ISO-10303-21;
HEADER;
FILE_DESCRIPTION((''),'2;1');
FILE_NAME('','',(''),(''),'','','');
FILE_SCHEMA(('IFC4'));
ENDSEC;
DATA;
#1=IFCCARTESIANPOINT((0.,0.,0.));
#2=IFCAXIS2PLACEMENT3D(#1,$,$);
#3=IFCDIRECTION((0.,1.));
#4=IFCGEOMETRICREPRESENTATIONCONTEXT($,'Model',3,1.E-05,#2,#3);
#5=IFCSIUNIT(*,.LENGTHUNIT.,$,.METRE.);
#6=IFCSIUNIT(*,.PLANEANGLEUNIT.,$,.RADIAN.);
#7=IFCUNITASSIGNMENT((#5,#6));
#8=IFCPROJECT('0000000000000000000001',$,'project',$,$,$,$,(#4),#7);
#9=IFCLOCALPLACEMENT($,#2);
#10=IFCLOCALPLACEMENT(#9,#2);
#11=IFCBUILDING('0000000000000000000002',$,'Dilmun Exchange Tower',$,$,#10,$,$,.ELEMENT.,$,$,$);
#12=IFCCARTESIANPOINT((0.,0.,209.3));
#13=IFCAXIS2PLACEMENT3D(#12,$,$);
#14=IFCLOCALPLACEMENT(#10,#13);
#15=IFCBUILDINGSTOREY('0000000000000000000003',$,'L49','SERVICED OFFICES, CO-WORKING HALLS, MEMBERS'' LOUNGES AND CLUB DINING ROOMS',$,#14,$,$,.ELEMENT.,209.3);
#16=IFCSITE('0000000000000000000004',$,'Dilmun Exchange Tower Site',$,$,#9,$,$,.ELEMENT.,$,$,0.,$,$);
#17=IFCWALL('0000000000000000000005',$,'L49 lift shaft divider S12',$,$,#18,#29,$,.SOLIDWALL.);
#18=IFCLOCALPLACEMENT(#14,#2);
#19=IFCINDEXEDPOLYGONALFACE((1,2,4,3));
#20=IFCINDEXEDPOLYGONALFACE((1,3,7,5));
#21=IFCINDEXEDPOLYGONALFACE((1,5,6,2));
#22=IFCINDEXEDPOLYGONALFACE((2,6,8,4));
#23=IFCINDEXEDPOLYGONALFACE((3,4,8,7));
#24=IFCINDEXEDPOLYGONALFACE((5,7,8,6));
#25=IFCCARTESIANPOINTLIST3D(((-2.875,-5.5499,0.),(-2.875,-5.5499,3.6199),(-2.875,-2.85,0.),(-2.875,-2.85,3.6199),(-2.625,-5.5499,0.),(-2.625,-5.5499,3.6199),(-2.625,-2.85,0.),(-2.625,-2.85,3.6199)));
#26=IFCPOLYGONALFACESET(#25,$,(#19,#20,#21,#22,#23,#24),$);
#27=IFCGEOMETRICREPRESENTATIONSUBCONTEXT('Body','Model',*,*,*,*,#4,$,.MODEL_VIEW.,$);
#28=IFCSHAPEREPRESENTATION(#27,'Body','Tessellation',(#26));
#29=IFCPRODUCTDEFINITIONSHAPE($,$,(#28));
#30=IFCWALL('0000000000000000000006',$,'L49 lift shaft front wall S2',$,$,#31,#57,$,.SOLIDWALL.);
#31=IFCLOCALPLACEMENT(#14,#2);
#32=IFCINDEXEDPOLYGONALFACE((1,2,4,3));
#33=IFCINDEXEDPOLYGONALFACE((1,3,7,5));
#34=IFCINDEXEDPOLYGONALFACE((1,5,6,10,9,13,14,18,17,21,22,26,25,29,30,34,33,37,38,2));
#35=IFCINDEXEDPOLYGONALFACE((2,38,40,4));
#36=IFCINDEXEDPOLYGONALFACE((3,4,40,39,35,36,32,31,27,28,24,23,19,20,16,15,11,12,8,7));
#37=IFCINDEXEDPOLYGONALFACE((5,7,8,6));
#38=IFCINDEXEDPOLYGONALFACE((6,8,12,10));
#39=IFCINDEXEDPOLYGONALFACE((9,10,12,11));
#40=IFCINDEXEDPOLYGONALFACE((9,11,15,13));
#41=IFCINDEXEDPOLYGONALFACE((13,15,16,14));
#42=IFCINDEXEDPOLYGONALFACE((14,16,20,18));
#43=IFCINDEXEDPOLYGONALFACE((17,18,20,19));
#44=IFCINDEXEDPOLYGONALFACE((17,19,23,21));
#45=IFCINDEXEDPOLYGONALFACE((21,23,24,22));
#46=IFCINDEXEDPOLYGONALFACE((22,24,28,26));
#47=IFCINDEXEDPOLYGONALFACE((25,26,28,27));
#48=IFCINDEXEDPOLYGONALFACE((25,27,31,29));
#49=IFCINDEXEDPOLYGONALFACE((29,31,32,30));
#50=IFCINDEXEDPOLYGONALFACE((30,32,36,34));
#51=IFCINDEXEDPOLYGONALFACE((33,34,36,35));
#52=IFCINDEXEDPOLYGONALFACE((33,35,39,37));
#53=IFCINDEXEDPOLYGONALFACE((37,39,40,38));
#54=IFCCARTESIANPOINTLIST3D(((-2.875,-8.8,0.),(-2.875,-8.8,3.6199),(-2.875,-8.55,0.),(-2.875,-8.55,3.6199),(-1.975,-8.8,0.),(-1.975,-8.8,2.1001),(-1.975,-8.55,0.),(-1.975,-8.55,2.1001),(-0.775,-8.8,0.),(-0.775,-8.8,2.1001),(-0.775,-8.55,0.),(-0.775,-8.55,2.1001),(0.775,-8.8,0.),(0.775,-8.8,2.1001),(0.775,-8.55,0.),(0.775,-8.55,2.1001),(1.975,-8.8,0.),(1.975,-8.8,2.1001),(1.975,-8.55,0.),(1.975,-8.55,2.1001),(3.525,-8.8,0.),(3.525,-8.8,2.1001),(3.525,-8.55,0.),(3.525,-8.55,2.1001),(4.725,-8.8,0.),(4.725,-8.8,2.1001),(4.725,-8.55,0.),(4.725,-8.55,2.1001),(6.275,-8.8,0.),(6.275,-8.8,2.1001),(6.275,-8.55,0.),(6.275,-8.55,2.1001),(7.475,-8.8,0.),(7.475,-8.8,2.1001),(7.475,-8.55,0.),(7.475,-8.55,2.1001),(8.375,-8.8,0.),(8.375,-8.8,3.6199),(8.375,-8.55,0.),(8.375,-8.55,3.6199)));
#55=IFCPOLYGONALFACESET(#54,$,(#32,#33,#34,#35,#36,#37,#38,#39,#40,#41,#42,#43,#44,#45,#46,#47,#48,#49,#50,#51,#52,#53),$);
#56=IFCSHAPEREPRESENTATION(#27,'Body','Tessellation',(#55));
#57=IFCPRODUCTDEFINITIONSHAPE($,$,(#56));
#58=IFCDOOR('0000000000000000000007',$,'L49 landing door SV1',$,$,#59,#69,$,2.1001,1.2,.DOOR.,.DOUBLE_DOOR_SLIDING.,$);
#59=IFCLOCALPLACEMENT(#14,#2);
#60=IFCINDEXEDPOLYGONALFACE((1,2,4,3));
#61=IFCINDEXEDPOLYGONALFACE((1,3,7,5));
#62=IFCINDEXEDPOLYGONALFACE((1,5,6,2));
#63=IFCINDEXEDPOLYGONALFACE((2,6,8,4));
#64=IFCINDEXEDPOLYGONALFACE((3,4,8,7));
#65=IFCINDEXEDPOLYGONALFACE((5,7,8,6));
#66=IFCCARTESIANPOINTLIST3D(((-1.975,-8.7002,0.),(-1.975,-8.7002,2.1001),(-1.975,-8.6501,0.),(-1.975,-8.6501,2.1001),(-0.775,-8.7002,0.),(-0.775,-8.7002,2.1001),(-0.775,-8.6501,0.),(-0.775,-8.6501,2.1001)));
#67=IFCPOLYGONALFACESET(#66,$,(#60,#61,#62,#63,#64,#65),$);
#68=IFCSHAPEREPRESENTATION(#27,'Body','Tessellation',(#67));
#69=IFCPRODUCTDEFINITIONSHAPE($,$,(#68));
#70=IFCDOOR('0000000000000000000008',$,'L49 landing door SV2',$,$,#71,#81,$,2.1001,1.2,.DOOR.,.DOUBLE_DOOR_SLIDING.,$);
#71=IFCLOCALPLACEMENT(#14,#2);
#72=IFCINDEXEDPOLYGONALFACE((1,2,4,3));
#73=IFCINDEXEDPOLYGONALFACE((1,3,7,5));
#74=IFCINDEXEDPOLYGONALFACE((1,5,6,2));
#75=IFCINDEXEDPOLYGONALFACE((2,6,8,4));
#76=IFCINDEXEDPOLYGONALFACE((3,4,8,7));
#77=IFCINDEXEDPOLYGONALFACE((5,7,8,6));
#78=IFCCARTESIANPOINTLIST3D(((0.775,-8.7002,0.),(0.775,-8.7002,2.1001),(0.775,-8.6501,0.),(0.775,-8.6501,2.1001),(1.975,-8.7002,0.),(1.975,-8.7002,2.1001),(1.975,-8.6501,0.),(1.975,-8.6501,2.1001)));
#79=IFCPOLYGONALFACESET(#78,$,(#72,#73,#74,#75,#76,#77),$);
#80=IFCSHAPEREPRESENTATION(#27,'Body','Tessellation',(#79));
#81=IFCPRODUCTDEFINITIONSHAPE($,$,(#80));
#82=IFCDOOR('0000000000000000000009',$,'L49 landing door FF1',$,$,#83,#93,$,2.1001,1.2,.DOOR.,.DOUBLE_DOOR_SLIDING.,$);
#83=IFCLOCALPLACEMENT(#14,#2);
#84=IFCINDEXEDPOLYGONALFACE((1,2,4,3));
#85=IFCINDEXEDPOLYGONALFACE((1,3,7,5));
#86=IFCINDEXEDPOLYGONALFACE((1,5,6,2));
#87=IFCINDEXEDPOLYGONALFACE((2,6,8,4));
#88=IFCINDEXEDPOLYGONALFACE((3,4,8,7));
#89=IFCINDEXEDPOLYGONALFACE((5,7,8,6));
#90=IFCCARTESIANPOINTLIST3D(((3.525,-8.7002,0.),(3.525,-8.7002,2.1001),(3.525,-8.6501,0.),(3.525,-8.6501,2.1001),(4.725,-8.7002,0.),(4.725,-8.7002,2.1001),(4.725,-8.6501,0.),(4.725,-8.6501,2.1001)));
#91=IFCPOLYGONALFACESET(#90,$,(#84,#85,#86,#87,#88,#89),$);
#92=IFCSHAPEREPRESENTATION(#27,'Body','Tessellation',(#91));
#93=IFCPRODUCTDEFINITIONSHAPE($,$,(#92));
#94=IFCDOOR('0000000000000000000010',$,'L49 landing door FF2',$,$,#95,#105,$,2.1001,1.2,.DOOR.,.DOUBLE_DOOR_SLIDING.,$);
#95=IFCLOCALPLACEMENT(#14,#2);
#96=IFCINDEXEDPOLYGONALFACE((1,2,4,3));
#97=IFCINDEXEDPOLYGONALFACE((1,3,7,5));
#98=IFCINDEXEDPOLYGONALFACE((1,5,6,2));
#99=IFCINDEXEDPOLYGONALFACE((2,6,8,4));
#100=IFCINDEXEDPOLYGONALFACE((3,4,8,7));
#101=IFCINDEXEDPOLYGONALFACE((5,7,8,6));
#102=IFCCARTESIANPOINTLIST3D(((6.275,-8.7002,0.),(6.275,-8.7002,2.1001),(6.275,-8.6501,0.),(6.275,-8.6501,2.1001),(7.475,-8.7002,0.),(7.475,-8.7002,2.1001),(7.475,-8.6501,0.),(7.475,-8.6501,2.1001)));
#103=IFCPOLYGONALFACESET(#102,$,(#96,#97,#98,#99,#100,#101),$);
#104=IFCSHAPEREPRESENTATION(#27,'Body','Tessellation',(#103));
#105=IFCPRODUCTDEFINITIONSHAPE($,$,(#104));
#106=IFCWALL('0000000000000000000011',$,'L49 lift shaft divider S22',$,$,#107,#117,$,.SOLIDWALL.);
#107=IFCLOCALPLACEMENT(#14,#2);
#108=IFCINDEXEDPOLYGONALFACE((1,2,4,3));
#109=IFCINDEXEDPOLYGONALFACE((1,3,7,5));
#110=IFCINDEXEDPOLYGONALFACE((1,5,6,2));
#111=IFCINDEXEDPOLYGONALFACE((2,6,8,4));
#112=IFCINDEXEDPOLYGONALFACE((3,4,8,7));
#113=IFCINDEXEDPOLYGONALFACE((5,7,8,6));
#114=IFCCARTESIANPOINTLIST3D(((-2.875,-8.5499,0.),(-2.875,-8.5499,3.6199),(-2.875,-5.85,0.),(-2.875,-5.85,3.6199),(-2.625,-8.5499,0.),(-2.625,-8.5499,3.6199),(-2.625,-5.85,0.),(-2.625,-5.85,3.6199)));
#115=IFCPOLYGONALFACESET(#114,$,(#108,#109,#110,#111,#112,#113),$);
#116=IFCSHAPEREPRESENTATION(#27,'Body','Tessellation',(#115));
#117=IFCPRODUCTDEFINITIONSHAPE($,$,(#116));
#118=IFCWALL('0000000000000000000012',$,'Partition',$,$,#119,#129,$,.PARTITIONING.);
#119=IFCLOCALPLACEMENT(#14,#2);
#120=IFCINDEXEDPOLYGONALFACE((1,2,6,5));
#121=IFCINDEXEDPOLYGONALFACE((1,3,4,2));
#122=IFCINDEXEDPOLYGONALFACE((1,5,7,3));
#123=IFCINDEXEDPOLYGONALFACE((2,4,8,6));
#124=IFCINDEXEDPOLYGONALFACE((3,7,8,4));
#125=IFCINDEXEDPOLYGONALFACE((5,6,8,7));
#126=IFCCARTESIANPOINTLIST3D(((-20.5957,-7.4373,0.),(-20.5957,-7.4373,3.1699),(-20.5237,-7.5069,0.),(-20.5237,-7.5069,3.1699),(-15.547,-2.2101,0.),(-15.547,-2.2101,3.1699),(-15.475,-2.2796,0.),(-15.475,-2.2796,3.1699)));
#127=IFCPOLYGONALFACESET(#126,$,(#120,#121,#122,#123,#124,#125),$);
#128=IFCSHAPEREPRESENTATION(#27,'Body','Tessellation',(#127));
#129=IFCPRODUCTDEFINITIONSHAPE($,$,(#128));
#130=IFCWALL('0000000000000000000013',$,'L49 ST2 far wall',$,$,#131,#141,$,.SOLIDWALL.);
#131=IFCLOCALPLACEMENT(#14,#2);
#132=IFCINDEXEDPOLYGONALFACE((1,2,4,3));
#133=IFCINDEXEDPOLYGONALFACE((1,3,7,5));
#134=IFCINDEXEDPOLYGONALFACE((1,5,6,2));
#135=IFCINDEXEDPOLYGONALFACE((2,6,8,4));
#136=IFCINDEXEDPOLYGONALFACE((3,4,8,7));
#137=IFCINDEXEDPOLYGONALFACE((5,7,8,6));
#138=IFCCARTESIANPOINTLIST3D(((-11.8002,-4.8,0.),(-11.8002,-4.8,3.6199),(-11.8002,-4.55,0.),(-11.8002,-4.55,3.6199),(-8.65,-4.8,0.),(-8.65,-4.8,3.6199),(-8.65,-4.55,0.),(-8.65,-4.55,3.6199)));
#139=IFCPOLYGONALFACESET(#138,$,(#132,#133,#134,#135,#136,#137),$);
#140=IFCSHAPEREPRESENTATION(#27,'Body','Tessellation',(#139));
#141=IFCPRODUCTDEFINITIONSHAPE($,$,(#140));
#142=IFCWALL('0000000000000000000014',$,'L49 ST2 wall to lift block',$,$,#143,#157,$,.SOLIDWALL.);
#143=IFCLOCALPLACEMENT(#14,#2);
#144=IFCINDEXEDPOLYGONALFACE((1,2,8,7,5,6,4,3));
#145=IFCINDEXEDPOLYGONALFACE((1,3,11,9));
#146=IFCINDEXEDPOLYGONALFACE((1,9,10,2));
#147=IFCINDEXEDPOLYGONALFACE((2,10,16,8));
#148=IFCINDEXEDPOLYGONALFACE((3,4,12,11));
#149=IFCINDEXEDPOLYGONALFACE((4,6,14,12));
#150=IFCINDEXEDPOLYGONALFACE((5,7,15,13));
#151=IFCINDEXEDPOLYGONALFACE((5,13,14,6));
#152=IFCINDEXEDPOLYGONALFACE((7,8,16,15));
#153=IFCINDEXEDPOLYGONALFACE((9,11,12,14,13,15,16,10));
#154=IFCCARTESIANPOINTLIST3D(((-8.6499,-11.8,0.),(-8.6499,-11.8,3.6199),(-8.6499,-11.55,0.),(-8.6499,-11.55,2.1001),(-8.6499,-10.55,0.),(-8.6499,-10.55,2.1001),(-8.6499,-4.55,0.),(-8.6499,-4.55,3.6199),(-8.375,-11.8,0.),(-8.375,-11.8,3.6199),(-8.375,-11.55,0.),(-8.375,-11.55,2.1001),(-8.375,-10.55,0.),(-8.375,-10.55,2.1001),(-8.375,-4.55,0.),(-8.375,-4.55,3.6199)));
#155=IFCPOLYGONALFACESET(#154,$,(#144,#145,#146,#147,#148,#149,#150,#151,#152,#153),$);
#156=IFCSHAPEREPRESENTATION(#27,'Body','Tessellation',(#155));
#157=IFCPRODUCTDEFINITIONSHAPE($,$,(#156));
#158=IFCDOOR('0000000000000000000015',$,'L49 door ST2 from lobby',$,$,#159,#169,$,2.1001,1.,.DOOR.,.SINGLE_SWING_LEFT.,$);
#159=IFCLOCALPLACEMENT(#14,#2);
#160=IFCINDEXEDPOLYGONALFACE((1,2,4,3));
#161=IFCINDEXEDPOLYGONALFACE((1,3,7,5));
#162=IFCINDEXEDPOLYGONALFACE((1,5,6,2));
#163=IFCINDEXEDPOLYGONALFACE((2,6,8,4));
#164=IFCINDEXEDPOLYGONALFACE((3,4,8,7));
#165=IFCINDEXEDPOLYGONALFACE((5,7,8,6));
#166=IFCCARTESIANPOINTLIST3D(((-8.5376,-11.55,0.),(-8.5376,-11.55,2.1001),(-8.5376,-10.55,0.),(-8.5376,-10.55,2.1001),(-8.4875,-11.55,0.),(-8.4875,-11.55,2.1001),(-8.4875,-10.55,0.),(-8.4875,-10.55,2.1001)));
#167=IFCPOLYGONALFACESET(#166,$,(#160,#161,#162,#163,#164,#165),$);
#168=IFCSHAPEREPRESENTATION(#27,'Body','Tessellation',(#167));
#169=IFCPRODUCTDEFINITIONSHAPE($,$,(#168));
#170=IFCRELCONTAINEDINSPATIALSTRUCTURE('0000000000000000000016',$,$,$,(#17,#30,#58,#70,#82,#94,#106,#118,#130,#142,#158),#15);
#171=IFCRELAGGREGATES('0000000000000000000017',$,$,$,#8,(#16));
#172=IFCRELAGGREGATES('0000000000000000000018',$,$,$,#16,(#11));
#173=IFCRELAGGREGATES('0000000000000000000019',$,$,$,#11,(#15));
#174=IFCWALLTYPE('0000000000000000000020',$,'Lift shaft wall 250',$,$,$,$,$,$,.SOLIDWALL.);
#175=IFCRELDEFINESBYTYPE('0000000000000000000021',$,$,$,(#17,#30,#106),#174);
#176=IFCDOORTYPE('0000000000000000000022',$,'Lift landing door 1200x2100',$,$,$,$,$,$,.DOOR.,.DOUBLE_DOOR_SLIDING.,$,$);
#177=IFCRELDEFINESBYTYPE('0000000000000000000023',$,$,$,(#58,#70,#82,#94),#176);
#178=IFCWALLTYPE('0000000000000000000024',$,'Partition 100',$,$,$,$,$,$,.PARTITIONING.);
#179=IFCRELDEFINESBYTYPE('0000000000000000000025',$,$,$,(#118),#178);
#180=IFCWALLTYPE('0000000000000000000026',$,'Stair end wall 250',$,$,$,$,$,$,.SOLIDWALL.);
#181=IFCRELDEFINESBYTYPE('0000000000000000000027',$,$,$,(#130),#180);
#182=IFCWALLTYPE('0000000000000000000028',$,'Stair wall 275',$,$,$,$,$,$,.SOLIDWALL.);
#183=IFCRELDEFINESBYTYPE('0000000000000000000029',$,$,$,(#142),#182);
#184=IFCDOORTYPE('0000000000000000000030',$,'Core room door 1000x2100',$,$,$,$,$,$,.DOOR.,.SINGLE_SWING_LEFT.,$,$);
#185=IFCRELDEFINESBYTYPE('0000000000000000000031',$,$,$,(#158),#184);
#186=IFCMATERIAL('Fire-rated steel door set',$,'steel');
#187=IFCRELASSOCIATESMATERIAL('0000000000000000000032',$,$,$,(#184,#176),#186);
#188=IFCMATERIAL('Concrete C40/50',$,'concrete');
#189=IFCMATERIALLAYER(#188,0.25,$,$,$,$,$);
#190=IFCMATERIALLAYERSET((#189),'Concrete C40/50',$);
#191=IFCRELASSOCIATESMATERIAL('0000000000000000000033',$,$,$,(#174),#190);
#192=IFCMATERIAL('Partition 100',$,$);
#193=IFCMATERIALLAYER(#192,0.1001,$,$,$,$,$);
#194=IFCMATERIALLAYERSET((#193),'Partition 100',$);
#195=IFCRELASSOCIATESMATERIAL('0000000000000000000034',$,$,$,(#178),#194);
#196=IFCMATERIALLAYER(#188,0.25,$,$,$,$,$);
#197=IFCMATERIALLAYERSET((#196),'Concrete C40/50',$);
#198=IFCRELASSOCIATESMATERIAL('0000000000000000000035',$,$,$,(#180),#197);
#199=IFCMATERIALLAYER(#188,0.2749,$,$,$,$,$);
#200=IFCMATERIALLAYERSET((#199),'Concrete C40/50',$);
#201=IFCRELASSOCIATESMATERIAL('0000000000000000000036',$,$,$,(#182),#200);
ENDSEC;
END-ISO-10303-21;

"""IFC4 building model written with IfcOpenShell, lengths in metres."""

from ifc_helpers import new_model, si_unit, direction, frame, frame_2d, origin, place, context, subcontext, project, spatial, rectangle, extrude, material, layer, layer_set, type_object, element, fill, save


model = new_model("IFC4")

# Units and contexts
model_context = context("Model", 3, precision=1e-05, world=origin(), true_north=direction((0.0, 1.0)))
body_context = subcontext(model_context, "Body", "Model", "MODEL_VIEW")
ifc_project = project(units=[si_unit("LENGTHUNIT", "METRE"), si_unit("PLANEANGLEUNIT", "RADIAN")], contexts=[model_context])

# Site, building, storey
site_placement = place(None, origin())
site = spatial("IfcSite", under=ifc_project, at=site_placement, Name="Dilmun Exchange Tower Site", CompositionType="ELEMENT", RefElevation=0.0)
building_placement = place(site_placement, origin())
building = spatial("IfcBuilding", under=site, at=building_placement, Name="Dilmun Exchange Tower", CompositionType="ELEMENT")
storey_placement = place(building_placement, frame((0.0, 0.0, 209.3)))
storey = spatial("IfcBuildingStorey", under=building, at=storey_placement, Name="L49", Description="SERVICED OFFICES, CO-WORKING HALLS, MEMBERS' LOUNGES AND CLUB DINING ROOMS", CompositionType="ELEMENT", Elevation=209.3)

# Shared definitions
ifc_material_1 = material(Name="Concrete C40/50", Category="concrete")

# Shared definitions
ifc_material_2 = material(Name="Fire-rated steel door set", Category="steel")
door_type_1 = type_object("IfcDoorType", Name="Core room door 1000x2100", OperationType="SINGLE_SWING_LEFT", PredefinedType="DOOR", material=ifc_material_2)

# Wall
ifc_layer_1 = layer(ifc_material_1, 0.25)
ifc_layer_set_1 = layer_set([ifc_layer_1], Name="Concrete C40/50")
wall_type_1 = type_object("IfcWallType", Name="Lift shaft wall 250", PredefinedType="SOLIDWALL", material=ifc_layer_set_1)
wall_1_placement = place(storey_placement, frame((-2.75, -5.55, 0.0), z_axis=(0.0, 0.0, 1.0), x_axis=(0.0, 1.0, 0.0)))
element("IfcWall", 1, at=wall_1_placement, inside=storey, type_object=wall_type_1, Name="L49 lift shaft divider S12", PredefinedType="SOLIDWALL", context=body_context, shape_type="SweptSolid", body=[
    extrude(rectangle(XDim=2.7, YDim=0.25, at=frame_2d((1.3501, 0.0))), origin(), (0.0, 0.0, 1.0), 3.6199),
])

# Wall, openings, doors
wall_2_placement = place(storey_placement, frame((-2.875, -8.675, 0.0), z_axis=(0.0, 0.0, 1.0), x_axis=(1.0, 0.0, 0.0)))
wall_2 = element("IfcWall", 2, at=wall_2_placement, inside=storey, type_object=wall_type_1, Name="L49 lift shaft front wall S2", PredefinedType="SOLIDWALL", context=body_context, shape_type="SweptSolid", body=[
    extrude(rectangle(XDim=11.25, YDim=0.25, at=frame_2d((5.625, 0.0))), origin(), (0.0, 0.0, 1.0), 3.6199),
])
opening_1_placement = place(wall_2_placement, frame((0.8999, 0.0, 0.0)))
opening_1 = element("IfcOpeningElement", 3, at=opening_1_placement, cuts=wall_2, PredefinedType="OPENING", context=body_context, shape_type="SweptSolid", body=[
    extrude(rectangle(XDim=1.2, YDim=2.1001, at=frame_2d((0.6001, 1.05))), frame((0.0, 0.135, 0.0), z_axis=(0.0, -1.0, 0.0), x_axis=(1.0, 0.0, 0.0)), (0.0, 0.0, 1.0), 0.27),
])
opening_2_placement = place(wall_2_placement, frame((3.6499, 0.0, 0.0)))
opening_2 = element("IfcOpeningElement", 4, at=opening_2_placement, cuts=wall_2, PredefinedType="OPENING", context=body_context, shape_type="SweptSolid", body=[
    extrude(rectangle(XDim=1.2, YDim=2.1001, at=frame_2d((0.6001, 1.05))), frame((0.0, 0.135, 0.0), z_axis=(0.0, -1.0, 0.0), x_axis=(1.0, 0.0, 0.0)), (0.0, 0.0, 1.0), 0.27),
])
opening_3_placement = place(wall_2_placement, frame((6.3999, 0.0, 0.0)))
opening_3 = element("IfcOpeningElement", 5, at=opening_3_placement, cuts=wall_2, PredefinedType="OPENING", context=body_context, shape_type="SweptSolid", body=[
    extrude(rectangle(XDim=1.2, YDim=2.1001, at=frame_2d((0.6001, 1.05))), frame((0.0, 0.135, 0.0), z_axis=(0.0, -1.0, 0.0), x_axis=(1.0, 0.0, 0.0)), (0.0, 0.0, 1.0), 0.27),
])
opening_4_placement = place(wall_2_placement, frame((9.1499, 0.0, 0.0)))
opening_4 = element("IfcOpeningElement", 6, at=opening_4_placement, cuts=wall_2, PredefinedType="OPENING", context=body_context, shape_type="SweptSolid", body=[
    extrude(rectangle(XDim=1.2, YDim=2.1001, at=frame_2d((0.6001, 1.05))), frame((0.0, 0.135, 0.0), z_axis=(0.0, -1.0, 0.0), x_axis=(1.0, 0.0, 0.0)), (0.0, 0.0, 1.0), 0.27),
])
door_type_2 = type_object("IfcDoorType", Name="Lift landing door 1200x2100", OperationType="DOUBLE_DOOR_SLIDING", PredefinedType="DOOR", material=ifc_material_2)
door_1_placement = place(opening_1_placement, origin())
door_1 = element("IfcDoor", 7, at=door_1_placement, inside=storey, type_object=door_type_2, Name="L49 landing door SV1", OperationType="DOUBLE_DOOR_SLIDING", OverallHeight=2.1001, OverallWidth=1.2, PredefinedType="DOOR", context=body_context, shape_type="SweptSolid", body=[
    extrude(rectangle(XDim=1.2, YDim=2.1001, at=frame_2d((0.6001, 1.05))), frame((0.0, 0.0249, 0.0), z_axis=(0.0, -1.0, 0.0), x_axis=(1.0, 0.0, 0.0)), (0.0, 0.0, 1.0), 0.05),
])
fill(opening_1, door_1)
door_2_placement = place(opening_2_placement, origin())
door_2 = element("IfcDoor", 8, at=door_2_placement, inside=storey, type_object=door_type_2, Name="L49 landing door SV2", OperationType="DOUBLE_DOOR_SLIDING", OverallHeight=2.1001, OverallWidth=1.2, PredefinedType="DOOR", context=body_context, shape_type="SweptSolid", body=[
    extrude(rectangle(XDim=1.2, YDim=2.1001, at=frame_2d((0.6001, 1.05))), frame((0.0, 0.0249, 0.0), z_axis=(0.0, -1.0, 0.0), x_axis=(1.0, 0.0, 0.0)), (0.0, 0.0, 1.0), 0.05),
])
fill(opening_2, door_2)
door_3_placement = place(opening_3_placement, origin())
door_3 = element("IfcDoor", 9, at=door_3_placement, inside=storey, type_object=door_type_2, Name="L49 landing door FF1", OperationType="DOUBLE_DOOR_SLIDING", OverallHeight=2.1001, OverallWidth=1.2, PredefinedType="DOOR", context=body_context, shape_type="SweptSolid", body=[
    extrude(rectangle(XDim=1.2, YDim=2.1001, at=frame_2d((0.6001, 1.05))), frame((0.0, 0.0249, 0.0), z_axis=(0.0, -1.0, 0.0), x_axis=(1.0, 0.0, 0.0)), (0.0, 0.0, 1.0), 0.05),
])
fill(opening_3, door_3)
door_4_placement = place(opening_4_placement, origin())
door_4 = element("IfcDoor", 10, at=door_4_placement, inside=storey, type_object=door_type_2, Name="L49 landing door FF2", OperationType="DOUBLE_DOOR_SLIDING", OverallHeight=2.1001, OverallWidth=1.2, PredefinedType="DOOR", context=body_context, shape_type="SweptSolid", body=[
    extrude(rectangle(XDim=1.2, YDim=2.1001, at=frame_2d((0.6001, 1.05))), frame((0.0, 0.0249, 0.0), z_axis=(0.0, -1.0, 0.0), x_axis=(1.0, 0.0, 0.0)), (0.0, 0.0, 1.0), 0.05),
])
fill(opening_4, door_4)

# Walls
wall_3_placement = place(storey_placement, frame((-2.75, -8.55, 0.0), z_axis=(0.0, 0.0, 1.0), x_axis=(0.0, 1.0, 0.0)))
element("IfcWall", 11, at=wall_3_placement, inside=storey, type_object=wall_type_1, Name="L49 lift shaft divider S22", PredefinedType="SOLIDWALL", context=body_context, shape_type="SweptSolid", body=[
    extrude(rectangle(XDim=2.7, YDim=0.25, at=frame_2d((1.3501, 0.0))), origin(), (0.0, 0.0, 1.0), 3.6199),
])
ifc_material_3 = material(Name="Partition 100")
ifc_layer_2 = layer(ifc_material_3, 0.1001)
ifc_layer_set_2 = layer_set([ifc_layer_2], Name="Partition 100")
wall_type_2 = type_object("IfcWallType", Name="Partition 100", PredefinedType="PARTITIONING", material=ifc_layer_set_2)
wall_4_placement = place(storey_placement, frame((-20.5598, -7.4722, 0.0), z_axis=(0.0, 0.0, 1.0), x_axis=(0.694722, 0.719279, 0.0)))
element("IfcWall", 12, at=wall_4_placement, inside=storey, type_object=wall_type_2, Name="Partition", PredefinedType="PARTITIONING", context=body_context, shape_type="SweptSolid", body=[
    extrude(rectangle(XDim=7.2673, YDim=0.1001, at=frame_2d((3.6338, 0.0))), origin(), (0.0, 0.0, 1.0), 3.1699),
])
ifc_layer_3 = layer(ifc_material_1, 0.25)
ifc_layer_set_3 = layer_set([ifc_layer_3], Name="Concrete C40/50")
wall_type_3 = type_object("IfcWallType", Name="Stair end wall 250", PredefinedType="SOLIDWALL", material=ifc_layer_set_3)
wall_5_placement = place(storey_placement, frame((-8.6499, -4.675, 0.0), z_axis=(0.0, 0.0, 1.0), x_axis=(-1.0, 0.0, 0.0)))
element("IfcWall", 13, at=wall_5_placement, inside=storey, type_object=wall_type_3, Name="L49 ST2 far wall", PredefinedType="SOLIDWALL", context=body_context, shape_type="SweptSolid", body=[
    extrude(rectangle(XDim=3.1501, YDim=0.25, at=frame_2d((1.5752, 0.0))), origin(), (0.0, 0.0, 1.0), 3.6199),
])

# Wall, opening, door
ifc_layer_4 = layer(ifc_material_1, 0.2749)
ifc_layer_set_4 = layer_set([ifc_layer_4], Name="Concrete C40/50")
wall_type_4 = type_object("IfcWallType", Name="Stair wall 275", PredefinedType="SOLIDWALL", material=ifc_layer_set_4)
wall_6_placement = place(storey_placement, frame((-8.5125, -4.55, 0.0), z_axis=(0.0, 0.0, 1.0), x_axis=(0.0, -1.0, 0.0)))
wall_6 = element("IfcWall", 14, at=wall_6_placement, inside=storey, type_object=wall_type_4, Name="L49 ST2 wall to lift block", PredefinedType="SOLIDWALL", context=body_context, shape_type="SweptSolid", body=[
    extrude(rectangle(XDim=7.25, YDim=0.2749, at=frame_2d((3.625, 0.0))), origin(), (0.0, 0.0, 1.0), 3.6199),
])
opening_5_placement = place(wall_6_placement, frame((6.0, 0.0, 0.0)))
opening_5 = element("IfcOpeningElement", 15, at=opening_5_placement, cuts=wall_6, PredefinedType="OPENING", context=body_context, shape_type="SweptSolid", body=[
    extrude(rectangle(XDim=1.0, YDim=2.1001, at=frame_2d((0.5, 1.05))), frame((0.0, 0.1475, 0.0), z_axis=(0.0, -1.0, 0.0), x_axis=(1.0, 0.0, 0.0)), (0.0, 0.0, 1.0), 0.2949),
])
door_5_placement = place(opening_5_placement, origin())
door_5 = element("IfcDoor", 16, at=door_5_placement, inside=storey, type_object=door_type_1, Name="L49 door ST2 from lobby", OperationType="SINGLE_SWING_LEFT", OverallHeight=2.1001, OverallWidth=1.0, PredefinedType="DOOR", context=body_context, shape_type="SweptSolid", body=[
    extrude(rectangle(XDim=1.0, YDim=2.1001, at=frame_2d((0.5, 1.05))), frame((0.0, 0.0249, 0.0), z_axis=(0.0, -1.0, 0.0), x_axis=(1.0, 0.0, 0.0)), (0.0, 0.0, 1.0), 0.05),
])
fill(opening_5, door_5)

save(model, "model.ifc")
